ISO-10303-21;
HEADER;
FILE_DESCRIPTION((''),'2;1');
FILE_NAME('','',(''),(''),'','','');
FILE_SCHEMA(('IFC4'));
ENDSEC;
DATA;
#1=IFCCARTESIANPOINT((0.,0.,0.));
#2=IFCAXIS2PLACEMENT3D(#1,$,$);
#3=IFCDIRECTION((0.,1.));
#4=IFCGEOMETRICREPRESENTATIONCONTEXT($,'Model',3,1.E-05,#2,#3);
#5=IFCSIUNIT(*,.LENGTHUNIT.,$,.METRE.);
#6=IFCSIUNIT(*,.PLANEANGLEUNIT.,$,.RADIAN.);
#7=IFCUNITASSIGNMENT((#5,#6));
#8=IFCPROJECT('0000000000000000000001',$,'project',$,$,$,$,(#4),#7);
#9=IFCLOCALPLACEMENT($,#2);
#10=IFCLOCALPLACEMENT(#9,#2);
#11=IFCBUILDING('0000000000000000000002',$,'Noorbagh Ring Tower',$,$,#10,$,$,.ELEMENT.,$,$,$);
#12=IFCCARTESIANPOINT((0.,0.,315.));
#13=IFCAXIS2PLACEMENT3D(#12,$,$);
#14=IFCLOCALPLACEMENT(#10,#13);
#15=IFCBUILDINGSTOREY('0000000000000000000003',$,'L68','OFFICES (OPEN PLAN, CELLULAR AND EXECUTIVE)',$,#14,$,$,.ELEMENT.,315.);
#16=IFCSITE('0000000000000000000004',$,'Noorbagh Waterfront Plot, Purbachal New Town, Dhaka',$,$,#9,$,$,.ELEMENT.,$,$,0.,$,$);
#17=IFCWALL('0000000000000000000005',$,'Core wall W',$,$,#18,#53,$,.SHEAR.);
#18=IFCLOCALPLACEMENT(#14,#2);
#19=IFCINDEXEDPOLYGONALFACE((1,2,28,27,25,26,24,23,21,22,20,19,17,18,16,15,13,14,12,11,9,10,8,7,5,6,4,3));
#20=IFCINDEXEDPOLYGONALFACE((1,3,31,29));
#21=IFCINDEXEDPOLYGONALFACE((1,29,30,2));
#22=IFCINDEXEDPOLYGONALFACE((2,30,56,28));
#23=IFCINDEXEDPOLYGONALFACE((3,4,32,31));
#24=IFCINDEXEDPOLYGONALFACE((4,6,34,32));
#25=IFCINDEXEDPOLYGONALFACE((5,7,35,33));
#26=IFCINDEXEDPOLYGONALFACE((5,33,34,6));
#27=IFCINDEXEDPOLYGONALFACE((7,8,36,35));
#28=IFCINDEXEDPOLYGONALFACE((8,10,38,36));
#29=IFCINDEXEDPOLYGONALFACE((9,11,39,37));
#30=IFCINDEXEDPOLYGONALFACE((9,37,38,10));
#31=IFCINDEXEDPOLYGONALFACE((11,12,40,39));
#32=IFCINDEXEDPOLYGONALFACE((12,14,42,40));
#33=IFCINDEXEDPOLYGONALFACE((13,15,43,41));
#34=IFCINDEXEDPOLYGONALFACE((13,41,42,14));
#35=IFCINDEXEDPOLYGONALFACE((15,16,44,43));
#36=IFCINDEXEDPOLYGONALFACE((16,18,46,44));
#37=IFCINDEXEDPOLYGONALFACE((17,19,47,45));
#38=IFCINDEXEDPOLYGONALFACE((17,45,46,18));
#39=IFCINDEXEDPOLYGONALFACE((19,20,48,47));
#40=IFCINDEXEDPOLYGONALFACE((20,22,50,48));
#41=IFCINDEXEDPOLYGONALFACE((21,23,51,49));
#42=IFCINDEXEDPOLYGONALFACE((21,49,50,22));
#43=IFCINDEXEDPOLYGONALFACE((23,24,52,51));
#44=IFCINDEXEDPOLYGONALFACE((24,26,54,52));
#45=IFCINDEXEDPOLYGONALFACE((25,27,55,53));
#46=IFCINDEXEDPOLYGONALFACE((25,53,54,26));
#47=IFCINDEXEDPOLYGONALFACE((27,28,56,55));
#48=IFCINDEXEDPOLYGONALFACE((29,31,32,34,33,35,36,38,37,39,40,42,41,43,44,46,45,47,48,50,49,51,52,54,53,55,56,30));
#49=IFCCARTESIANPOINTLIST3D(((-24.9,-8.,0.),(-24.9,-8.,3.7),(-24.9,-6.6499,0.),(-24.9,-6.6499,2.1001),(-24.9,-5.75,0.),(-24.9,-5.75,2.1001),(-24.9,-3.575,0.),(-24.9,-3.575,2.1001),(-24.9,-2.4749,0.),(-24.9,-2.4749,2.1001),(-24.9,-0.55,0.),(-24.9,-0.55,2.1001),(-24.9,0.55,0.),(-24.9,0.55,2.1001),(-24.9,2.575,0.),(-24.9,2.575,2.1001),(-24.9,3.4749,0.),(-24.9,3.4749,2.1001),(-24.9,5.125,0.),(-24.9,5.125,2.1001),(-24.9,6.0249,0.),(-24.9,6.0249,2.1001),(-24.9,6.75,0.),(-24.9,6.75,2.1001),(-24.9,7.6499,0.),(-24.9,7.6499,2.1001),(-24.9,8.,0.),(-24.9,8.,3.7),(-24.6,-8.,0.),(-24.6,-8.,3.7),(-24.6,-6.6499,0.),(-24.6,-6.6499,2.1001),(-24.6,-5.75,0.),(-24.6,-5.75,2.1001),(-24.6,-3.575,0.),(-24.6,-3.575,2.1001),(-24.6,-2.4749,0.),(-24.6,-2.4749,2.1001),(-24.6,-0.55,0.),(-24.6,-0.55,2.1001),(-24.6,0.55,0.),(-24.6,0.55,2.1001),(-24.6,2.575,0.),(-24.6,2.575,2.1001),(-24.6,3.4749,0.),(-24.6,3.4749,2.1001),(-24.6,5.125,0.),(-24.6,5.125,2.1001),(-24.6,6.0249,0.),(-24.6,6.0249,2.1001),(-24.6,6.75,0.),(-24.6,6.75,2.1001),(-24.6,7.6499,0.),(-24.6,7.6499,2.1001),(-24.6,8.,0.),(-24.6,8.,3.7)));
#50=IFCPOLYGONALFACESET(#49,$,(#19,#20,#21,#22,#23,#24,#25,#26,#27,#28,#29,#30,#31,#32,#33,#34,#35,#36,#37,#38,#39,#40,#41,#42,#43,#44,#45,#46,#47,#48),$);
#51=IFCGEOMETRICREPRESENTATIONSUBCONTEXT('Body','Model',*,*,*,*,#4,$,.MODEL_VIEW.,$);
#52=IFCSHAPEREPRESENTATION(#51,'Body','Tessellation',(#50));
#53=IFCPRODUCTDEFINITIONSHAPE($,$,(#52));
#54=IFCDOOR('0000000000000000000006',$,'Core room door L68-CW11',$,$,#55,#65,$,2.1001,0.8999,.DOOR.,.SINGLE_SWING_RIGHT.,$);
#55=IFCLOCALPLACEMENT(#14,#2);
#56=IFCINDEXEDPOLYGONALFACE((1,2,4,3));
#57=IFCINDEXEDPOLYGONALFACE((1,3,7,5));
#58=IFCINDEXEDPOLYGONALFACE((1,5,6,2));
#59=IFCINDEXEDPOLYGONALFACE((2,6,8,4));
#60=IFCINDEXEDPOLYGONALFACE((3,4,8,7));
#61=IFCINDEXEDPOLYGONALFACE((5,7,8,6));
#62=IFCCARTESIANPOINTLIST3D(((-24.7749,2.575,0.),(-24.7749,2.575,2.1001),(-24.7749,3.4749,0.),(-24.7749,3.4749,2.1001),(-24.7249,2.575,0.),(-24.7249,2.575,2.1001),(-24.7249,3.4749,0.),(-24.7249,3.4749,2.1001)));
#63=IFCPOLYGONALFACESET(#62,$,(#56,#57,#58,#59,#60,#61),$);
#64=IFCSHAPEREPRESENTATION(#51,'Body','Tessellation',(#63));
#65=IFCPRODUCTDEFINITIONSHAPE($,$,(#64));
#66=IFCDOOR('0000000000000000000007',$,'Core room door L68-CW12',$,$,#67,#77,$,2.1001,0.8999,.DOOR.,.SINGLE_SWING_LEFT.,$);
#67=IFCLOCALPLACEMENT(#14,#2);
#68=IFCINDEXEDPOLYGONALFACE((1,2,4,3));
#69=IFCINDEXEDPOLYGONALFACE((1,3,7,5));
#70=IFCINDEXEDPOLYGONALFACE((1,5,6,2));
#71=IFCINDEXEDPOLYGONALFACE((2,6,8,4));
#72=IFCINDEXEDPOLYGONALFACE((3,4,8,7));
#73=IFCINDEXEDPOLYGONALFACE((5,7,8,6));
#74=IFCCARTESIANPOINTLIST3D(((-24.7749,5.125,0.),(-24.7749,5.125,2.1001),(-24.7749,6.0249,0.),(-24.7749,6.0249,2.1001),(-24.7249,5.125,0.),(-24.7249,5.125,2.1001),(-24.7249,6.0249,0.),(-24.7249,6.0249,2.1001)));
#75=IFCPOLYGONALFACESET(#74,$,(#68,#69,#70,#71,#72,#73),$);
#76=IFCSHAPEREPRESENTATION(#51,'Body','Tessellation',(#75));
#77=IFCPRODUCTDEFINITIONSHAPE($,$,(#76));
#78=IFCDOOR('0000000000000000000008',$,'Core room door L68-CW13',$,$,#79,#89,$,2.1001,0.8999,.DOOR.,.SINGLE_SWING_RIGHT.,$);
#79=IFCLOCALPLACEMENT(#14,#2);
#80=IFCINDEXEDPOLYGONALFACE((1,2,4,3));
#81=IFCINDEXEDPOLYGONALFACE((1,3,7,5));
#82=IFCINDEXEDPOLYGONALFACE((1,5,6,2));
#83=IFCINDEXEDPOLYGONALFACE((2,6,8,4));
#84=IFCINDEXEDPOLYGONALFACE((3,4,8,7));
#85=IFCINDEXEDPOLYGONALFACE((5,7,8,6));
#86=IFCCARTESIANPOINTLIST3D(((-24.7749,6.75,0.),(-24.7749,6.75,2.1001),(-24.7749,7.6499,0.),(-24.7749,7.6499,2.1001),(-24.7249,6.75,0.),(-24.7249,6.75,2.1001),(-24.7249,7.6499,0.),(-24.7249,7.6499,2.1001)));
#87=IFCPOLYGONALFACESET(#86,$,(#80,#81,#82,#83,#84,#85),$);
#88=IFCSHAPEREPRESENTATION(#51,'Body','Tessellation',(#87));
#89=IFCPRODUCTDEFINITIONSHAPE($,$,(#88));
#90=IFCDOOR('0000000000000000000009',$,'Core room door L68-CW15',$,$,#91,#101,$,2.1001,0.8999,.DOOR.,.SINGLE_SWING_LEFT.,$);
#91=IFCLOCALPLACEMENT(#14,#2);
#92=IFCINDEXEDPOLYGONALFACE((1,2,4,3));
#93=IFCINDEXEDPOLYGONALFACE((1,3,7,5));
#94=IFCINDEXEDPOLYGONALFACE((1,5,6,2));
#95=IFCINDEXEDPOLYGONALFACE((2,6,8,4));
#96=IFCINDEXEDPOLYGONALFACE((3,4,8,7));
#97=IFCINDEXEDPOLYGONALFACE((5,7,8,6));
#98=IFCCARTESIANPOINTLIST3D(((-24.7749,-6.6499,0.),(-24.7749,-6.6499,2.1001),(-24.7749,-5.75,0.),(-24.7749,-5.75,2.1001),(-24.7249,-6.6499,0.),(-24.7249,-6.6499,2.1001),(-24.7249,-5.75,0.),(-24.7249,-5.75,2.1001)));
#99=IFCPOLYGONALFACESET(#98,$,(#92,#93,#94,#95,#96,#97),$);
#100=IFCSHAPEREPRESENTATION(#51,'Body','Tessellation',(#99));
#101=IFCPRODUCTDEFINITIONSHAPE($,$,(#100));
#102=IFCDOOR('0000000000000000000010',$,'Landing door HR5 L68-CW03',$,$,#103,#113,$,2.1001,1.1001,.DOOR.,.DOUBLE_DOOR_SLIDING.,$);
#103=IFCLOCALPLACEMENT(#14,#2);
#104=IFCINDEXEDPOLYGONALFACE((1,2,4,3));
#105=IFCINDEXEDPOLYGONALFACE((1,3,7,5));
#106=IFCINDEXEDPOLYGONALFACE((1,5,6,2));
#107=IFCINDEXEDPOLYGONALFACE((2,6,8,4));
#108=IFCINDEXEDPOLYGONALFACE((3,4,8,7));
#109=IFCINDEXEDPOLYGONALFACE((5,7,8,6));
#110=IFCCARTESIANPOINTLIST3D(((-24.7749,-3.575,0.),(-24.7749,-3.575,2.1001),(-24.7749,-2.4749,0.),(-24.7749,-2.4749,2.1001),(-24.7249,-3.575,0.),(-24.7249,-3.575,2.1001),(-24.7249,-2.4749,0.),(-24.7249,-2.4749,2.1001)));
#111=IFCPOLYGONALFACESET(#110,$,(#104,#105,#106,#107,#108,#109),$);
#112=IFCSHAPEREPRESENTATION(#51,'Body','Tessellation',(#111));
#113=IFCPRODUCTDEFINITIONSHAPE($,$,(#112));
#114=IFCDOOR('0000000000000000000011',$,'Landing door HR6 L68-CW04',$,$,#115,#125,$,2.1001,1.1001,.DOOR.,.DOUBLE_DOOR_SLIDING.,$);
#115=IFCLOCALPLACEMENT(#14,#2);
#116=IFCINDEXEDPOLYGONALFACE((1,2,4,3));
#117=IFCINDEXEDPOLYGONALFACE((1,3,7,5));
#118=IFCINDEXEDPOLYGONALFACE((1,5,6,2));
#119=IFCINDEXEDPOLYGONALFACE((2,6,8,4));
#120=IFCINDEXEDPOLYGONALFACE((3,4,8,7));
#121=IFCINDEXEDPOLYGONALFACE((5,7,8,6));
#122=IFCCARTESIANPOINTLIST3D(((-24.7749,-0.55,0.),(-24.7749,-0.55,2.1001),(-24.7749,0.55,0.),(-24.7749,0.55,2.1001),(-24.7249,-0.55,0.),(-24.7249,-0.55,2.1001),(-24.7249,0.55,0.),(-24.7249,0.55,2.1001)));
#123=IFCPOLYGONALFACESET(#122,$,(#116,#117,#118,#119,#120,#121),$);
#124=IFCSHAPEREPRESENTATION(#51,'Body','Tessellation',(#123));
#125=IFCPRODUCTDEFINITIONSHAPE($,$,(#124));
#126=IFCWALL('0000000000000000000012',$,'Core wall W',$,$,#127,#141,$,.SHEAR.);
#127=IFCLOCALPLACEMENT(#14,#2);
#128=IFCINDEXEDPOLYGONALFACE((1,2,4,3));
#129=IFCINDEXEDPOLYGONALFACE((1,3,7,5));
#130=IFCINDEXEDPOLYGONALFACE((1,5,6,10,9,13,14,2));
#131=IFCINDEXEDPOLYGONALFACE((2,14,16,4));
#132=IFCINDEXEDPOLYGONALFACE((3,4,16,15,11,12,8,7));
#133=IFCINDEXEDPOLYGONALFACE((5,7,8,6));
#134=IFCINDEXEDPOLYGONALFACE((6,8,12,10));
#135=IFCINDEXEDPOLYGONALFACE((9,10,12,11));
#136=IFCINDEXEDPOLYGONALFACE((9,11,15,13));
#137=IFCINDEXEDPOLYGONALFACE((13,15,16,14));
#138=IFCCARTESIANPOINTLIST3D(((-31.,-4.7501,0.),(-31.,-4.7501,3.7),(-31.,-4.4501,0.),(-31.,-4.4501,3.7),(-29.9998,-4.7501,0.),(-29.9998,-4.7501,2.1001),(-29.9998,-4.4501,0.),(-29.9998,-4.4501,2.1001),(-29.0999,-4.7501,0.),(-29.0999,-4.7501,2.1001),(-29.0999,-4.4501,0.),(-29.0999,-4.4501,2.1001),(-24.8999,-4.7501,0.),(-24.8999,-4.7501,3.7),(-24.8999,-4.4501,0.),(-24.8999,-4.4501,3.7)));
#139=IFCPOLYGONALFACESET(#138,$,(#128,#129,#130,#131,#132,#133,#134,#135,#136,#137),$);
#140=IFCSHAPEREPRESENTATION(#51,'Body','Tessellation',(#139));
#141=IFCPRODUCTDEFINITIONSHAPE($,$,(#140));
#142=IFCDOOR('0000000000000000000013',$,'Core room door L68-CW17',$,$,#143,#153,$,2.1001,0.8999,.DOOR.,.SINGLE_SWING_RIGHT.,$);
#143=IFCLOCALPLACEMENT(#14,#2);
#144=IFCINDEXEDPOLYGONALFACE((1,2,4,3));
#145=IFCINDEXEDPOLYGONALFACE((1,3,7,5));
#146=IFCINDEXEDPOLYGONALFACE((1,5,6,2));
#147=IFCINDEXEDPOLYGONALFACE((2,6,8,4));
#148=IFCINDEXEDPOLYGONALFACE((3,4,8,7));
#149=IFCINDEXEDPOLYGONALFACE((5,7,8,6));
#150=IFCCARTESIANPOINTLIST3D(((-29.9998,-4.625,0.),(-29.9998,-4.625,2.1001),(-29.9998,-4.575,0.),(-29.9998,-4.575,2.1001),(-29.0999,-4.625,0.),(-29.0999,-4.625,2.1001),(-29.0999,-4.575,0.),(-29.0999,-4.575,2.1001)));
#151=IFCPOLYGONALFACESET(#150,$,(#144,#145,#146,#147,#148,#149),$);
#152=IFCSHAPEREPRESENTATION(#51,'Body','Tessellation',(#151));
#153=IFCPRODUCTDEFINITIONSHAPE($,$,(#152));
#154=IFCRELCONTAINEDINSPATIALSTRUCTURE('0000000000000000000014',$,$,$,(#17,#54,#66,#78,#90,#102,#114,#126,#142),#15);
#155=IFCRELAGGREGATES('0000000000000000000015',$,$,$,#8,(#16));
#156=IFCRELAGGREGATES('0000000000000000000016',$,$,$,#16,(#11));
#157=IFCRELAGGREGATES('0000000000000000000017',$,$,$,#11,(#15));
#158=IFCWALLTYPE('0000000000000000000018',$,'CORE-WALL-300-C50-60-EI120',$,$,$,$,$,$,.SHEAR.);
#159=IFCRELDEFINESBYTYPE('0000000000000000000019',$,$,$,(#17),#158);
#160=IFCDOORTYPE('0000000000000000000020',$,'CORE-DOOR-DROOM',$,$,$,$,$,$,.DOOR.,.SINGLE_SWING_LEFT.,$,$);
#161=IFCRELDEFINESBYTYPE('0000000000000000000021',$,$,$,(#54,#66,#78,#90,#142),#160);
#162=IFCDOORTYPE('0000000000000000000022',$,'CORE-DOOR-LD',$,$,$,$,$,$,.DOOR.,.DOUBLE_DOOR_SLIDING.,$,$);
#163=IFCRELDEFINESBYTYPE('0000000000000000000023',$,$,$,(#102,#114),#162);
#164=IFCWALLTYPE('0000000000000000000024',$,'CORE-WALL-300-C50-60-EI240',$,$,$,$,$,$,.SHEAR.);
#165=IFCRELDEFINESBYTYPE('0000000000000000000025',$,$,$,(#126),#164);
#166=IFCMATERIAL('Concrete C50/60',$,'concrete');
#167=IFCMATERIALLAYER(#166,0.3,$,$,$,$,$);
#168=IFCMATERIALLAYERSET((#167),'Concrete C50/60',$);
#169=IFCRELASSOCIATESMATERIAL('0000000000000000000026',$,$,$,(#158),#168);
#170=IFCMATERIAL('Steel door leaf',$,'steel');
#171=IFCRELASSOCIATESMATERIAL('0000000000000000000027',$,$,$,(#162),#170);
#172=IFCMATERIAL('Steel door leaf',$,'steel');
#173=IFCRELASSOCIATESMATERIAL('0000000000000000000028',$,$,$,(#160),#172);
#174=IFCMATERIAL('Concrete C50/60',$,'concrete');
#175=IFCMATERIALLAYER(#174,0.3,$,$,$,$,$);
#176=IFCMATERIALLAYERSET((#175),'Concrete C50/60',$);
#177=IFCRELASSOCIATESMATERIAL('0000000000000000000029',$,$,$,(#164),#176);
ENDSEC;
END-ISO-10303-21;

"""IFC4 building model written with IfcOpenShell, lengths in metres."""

from ifc_helpers import new_model, si_unit, direction, frame, frame_2d, origin, place, context, subcontext, project, spatial, rectangle, extrude, material, layer, layer_set, type_object, element, fill, save


model = new_model("IFC4")

# Units and contexts
model_context = context("Model", 3, precision=1e-05, world=origin(), true_north=direction((0.0, 1.0)))
body_context = subcontext(model_context, "Body", "Model", "MODEL_VIEW")
ifc_project = project(units=[si_unit("LENGTHUNIT", "METRE"), si_unit("PLANEANGLEUNIT", "RADIAN")], contexts=[model_context])

# Site, building, storey
site_placement = place(None, origin())
site = spatial("IfcSite", under=ifc_project, at=site_placement, Name="Noorbagh Waterfront Plot, Purbachal New Town, Dhaka", CompositionType="ELEMENT", RefElevation=0.0)
building_placement = place(site_placement, origin())
building = spatial("IfcBuilding", under=site, at=building_placement, Name="Noorbagh Ring Tower", CompositionType="ELEMENT")
storey_placement = place(building_placement, frame((0.0, 0.0, 315.0)))
storey = spatial("IfcBuildingStorey", under=building, at=storey_placement, Name="L68", Description="OFFICES (OPEN PLAN, CELLULAR AND EXECUTIVE)", CompositionType="ELEMENT", Elevation=315.0)

# Shared definitions
ifc_material_1 = material(Name="Concrete C50/60", Category="concrete")
ifc_layer_1 = layer(ifc_material_1, 0.3)
ifc_layer_set_1 = layer_set([ifc_layer_1], Name="Concrete C50/60")
wall_type_1 = type_object("IfcWallType", Name="CORE-WALL-300-C50-60-EI120", PredefinedType="SHEAR", material=ifc_layer_set_1)

# Wall, openings, doors
ifc_material_2 = material(Name="Steel door leaf", Category="steel")
door_type_1 = type_object("IfcDoorType", Name="CORE-DOOR-LD", OperationType="DOUBLE_DOOR_SLIDING", PredefinedType="DOOR", material=ifc_material_2)
wall_1_placement = place(storey_placement, frame((-24.75, -8.0, 0.0), z_axis=(0.0, 0.0, 1.0), x_axis=(0.0, 1.0, 0.0)))
wall_1 = element("IfcWall", 1, at=wall_1_placement, inside=storey, type_object=wall_type_1, Name="Core wall W", PredefinedType="SHEAR", context=body_context, shape_type="SweptSolid", body=[
    extrude(rectangle(XDim=16.0, YDim=0.3, at=frame_2d((8.0, 0.0))), origin(), (0.0, 0.0, 1.0), 3.7),
])
opening_1_placement = place(wall_1_placement, frame((4.425, 0.0, 0.0)))
opening_1 = element("IfcOpeningElement", 2, at=opening_1_placement, cuts=wall_1, PredefinedType="OPENING", context=body_context, shape_type="SweptSolid", body=[
    extrude(rectangle(XDim=1.1001, YDim=2.1001, at=frame_2d((0.55, 1.05))), frame((0.0, 0.1602, 0.0), z_axis=(0.0, -1.0, 0.0), x_axis=(1.0, 0.0, 0.0)), (0.0, 0.0, 1.0), 0.3201),
])
opening_2_placement = place(wall_1_placement, frame((7.45, 0.0, 0.0)))
opening_2 = element("IfcOpeningElement", 3, at=opening_2_placement, cuts=wall_1, PredefinedType="OPENING", context=body_context, shape_type="SweptSolid", body=[
    extrude(rectangle(XDim=1.1001, YDim=2.1001, at=frame_2d((0.55, 1.05))), frame((0.0, 0.1602, 0.0), z_axis=(0.0, -1.0, 0.0), x_axis=(1.0, 0.0, 0.0)), (0.0, 0.0, 1.0), 0.3201),
])
opening_3_placement = place(wall_1_placement, frame((10.575, 0.0, 0.0)))
opening_3 = element("IfcOpeningElement", 4, at=opening_3_placement, cuts=wall_1, PredefinedType="OPENING", context=body_context, shape_type="SweptSolid", body=[
    extrude(rectangle(XDim=0.8999, YDim=2.1001, at=frame_2d((0.45, 1.05))), frame((0.0, 0.1602, 0.0), z_axis=(0.0, -1.0, 0.0), x_axis=(1.0, 0.0, 0.0)), (0.0, 0.0, 1.0), 0.3201),
])
opening_4_placement = place(wall_1_placement, frame((13.125, 0.0, 0.0)))
opening_4 = element("IfcOpeningElement", 5, at=opening_4_placement, cuts=wall_1, PredefinedType="OPENING", context=body_context, shape_type="SweptSolid", body=[
    extrude(rectangle(XDim=0.8999, YDim=2.1001, at=frame_2d((0.45, 1.05))), frame((0.0, 0.1602, 0.0), z_axis=(0.0, -1.0, 0.0), x_axis=(1.0, 0.0, 0.0)), (0.0, 0.0, 1.0), 0.3201),
])
opening_5_placement = place(wall_1_placement, frame((14.75, 0.0, 0.0)))
opening_5 = element("IfcOpeningElement", 6, at=opening_5_placement, cuts=wall_1, PredefinedType="OPENING", context=body_context, shape_type="SweptSolid", body=[
    extrude(rectangle(XDim=0.8999, YDim=2.1001, at=frame_2d((0.45, 1.05))), frame((0.0, 0.1602, 0.0), z_axis=(0.0, -1.0, 0.0), x_axis=(1.0, 0.0, 0.0)), (0.0, 0.0, 1.0), 0.3201),
])
opening_6_placement = place(wall_1_placement, frame((1.3501, 0.0, 0.0)))
opening_6 = element("IfcOpeningElement", 7, at=opening_6_placement, cuts=wall_1, PredefinedType="OPENING", context=body_context, shape_type="SweptSolid", body=[
    extrude(rectangle(XDim=0.8999, YDim=2.1001, at=frame_2d((0.45, 1.05))), frame((0.0, 0.1602, 0.0), z_axis=(0.0, -1.0, 0.0), x_axis=(1.0, 0.0, 0.0)), (0.0, 0.0, 1.0), 0.3201),
])
ifc_material_3 = material(Name="Steel door leaf", Category="steel")
door_type_2 = type_object("IfcDoorType", Name="CORE-DOOR-DROOM", OperationType="SINGLE_SWING_LEFT", PredefinedType="DOOR", material=ifc_material_3)
door_1_placement = place(opening_3_placement, origin())
door_1 = element("IfcDoor", 8, at=door_1_placement, inside=storey, type_object=door_type_2, Name="Core room door L68-CW11", OperationType="SINGLE_SWING_RIGHT", OverallHeight=2.1001, OverallWidth=0.8999, PredefinedType="DOOR", context=body_context, shape_type="SweptSolid", body=[
    extrude(rectangle(XDim=0.8999, YDim=2.1001, at=frame_2d((0.45, 1.05))), frame((0.0, 0.0249, 0.0), z_axis=(0.0, -1.0, 0.0), x_axis=(1.0, 0.0, 0.0)), (0.0, 0.0, 1.0), 0.05),
])
fill(opening_3, door_1)
door_2_placement = place(opening_4_placement, origin())
door_2 = element("IfcDoor", 9, at=door_2_placement, inside=storey, type_object=door_type_2, Name="Core room door L68-CW12", OperationType="SINGLE_SWING_LEFT", OverallHeight=2.1001, OverallWidth=0.8999, PredefinedType="DOOR", context=body_context, shape_type="SweptSolid", body=[
    extrude(rectangle(XDim=0.8999, YDim=2.1001, at=frame_2d((0.45, 1.05))), frame((0.0, 0.0249, 0.0), z_axis=(0.0, -1.0, 0.0), x_axis=(1.0, 0.0, 0.0)), (0.0, 0.0, 1.0), 0.05),
])
fill(opening_4, door_2)
door_3_placement = place(opening_5_placement, origin())
door_3 = element("IfcDoor", 10, at=door_3_placement, inside=storey, type_object=door_type_2, Name="Core room door L68-CW13", OperationType="SINGLE_SWING_RIGHT", OverallHeight=2.1001, OverallWidth=0.8999, PredefinedType="DOOR", context=body_context, shape_type="SweptSolid", body=[
    extrude(rectangle(XDim=0.8999, YDim=2.1001, at=frame_2d((0.45, 1.05))), frame((0.0, 0.0249, 0.0), z_axis=(0.0, -1.0, 0.0), x_axis=(1.0, 0.0, 0.0)), (0.0, 0.0, 1.0), 0.05),
])
fill(opening_5, door_3)
door_4_placement = place(opening_6_placement, origin())
door_4 = element("IfcDoor", 11, at=door_4_placement, inside=storey, type_object=door_type_2, Name="Core room door L68-CW15", OperationType="SINGLE_SWING_LEFT", OverallHeight=2.1001, OverallWidth=0.8999, PredefinedType="DOOR", context=body_context, shape_type="SweptSolid", body=[
    extrude(rectangle(XDim=0.8999, YDim=2.1001, at=frame_2d((0.45, 1.05))), frame((0.0, 0.0249, 0.0), z_axis=(0.0, -1.0, 0.0), x_axis=(1.0, 0.0, 0.0)), (0.0, 0.0, 1.0), 0.05),
])
fill(opening_6, door_4)
door_5_placement = place(opening_1_placement, origin())
door_5 = element("IfcDoor", 12, at=door_5_placement, inside=storey, type_object=door_type_1, Name="Landing door HR5 L68-CW03", OperationType="DOUBLE_DOOR_SLIDING", OverallHeight=2.1001, OverallWidth=1.1001, PredefinedType="DOOR", context=body_context, shape_type="SweptSolid", body=[
    extrude(rectangle(XDim=1.1001, YDim=2.1001, at=frame_2d((0.55, 1.05))), frame((0.0, 0.0249, 0.0), z_axis=(0.0, -1.0, 0.0), x_axis=(1.0, 0.0, 0.0)), (0.0, 0.0, 1.0), 0.05),
])
fill(opening_1, door_5)
door_6_placement = place(opening_2_placement, origin())
door_6 = element("IfcDoor", 13, at=door_6_placement, inside=storey, type_object=door_type_1, Name="Landing door HR6 L68-CW04", OperationType="DOUBLE_DOOR_SLIDING", OverallHeight=2.1001, OverallWidth=1.1001, PredefinedType="DOOR", context=body_context, shape_type="SweptSolid", body=[
    extrude(rectangle(XDim=1.1001, YDim=2.1001, at=frame_2d((0.55, 1.05))), frame((0.0, 0.0249, 0.0), z_axis=(0.0, -1.0, 0.0), x_axis=(1.0, 0.0, 0.0)), (0.0, 0.0, 1.0), 0.05),
])
fill(opening_2, door_6)

# Wall, opening, door
ifc_material_4 = material(Name="Concrete C50/60", Category="concrete")
ifc_layer_2 = layer(ifc_material_4, 0.3)
ifc_layer_set_2 = layer_set([ifc_layer_2], Name="Concrete C50/60")
wall_type_2 = type_object("IfcWallType", Name="CORE-WALL-300-C50-60-EI240", PredefinedType="SHEAR", material=ifc_layer_set_2)
wall_2_placement = place(storey_placement, frame((-24.8999, -4.6001, 0.0), z_axis=(0.0, 0.0, 1.0), x_axis=(-1.0, 0.0, 0.0)))
wall_2 = element("IfcWall", 14, at=wall_2_placement, inside=storey, type_object=wall_type_2, Name="Core wall W", PredefinedType="SHEAR", context=body_context, shape_type="SweptSolid", body=[
    extrude(rectangle(XDim=6.1001, YDim=0.3, at=frame_2d((3.05, 0.0))), origin(), (0.0, 0.0, 1.0), 3.7),
])
opening_7_placement = place(wall_2_placement, frame((4.2, 0.0, 0.0)))
opening_7 = element("IfcOpeningElement", 15, at=opening_7_placement, cuts=wall_2, PredefinedType="OPENING", context=body_context, shape_type="SweptSolid", body=[
    extrude(rectangle(XDim=0.8999, YDim=2.1001, at=frame_2d((0.45, 1.05))), frame((0.0, 0.1602, 0.0), z_axis=(0.0, -1.0, 0.0), x_axis=(1.0, 0.0, 0.0)), (0.0, 0.0, 1.0), 0.3201),
])
door_7_placement = place(opening_7_placement, origin())
door_7 = element("IfcDoor", 16, at=door_7_placement, inside=storey, type_object=door_type_2, Name="Core room door L68-CW17", OperationType="SINGLE_SWING_RIGHT", OverallHeight=2.1001, OverallWidth=0.8999, PredefinedType="DOOR", context=body_context, shape_type="SweptSolid", body=[
    extrude(rectangle(XDim=0.8999, YDim=2.1001, at=frame_2d((0.45, 1.05))), frame((0.0, 0.0249, 0.0), z_axis=(0.0, -1.0, 0.0), x_axis=(1.0, 0.0, 0.0)), (0.0, 0.0, 1.0), 0.05),
])
fill(opening_7, door_7)

save(model, "model.ifc")
